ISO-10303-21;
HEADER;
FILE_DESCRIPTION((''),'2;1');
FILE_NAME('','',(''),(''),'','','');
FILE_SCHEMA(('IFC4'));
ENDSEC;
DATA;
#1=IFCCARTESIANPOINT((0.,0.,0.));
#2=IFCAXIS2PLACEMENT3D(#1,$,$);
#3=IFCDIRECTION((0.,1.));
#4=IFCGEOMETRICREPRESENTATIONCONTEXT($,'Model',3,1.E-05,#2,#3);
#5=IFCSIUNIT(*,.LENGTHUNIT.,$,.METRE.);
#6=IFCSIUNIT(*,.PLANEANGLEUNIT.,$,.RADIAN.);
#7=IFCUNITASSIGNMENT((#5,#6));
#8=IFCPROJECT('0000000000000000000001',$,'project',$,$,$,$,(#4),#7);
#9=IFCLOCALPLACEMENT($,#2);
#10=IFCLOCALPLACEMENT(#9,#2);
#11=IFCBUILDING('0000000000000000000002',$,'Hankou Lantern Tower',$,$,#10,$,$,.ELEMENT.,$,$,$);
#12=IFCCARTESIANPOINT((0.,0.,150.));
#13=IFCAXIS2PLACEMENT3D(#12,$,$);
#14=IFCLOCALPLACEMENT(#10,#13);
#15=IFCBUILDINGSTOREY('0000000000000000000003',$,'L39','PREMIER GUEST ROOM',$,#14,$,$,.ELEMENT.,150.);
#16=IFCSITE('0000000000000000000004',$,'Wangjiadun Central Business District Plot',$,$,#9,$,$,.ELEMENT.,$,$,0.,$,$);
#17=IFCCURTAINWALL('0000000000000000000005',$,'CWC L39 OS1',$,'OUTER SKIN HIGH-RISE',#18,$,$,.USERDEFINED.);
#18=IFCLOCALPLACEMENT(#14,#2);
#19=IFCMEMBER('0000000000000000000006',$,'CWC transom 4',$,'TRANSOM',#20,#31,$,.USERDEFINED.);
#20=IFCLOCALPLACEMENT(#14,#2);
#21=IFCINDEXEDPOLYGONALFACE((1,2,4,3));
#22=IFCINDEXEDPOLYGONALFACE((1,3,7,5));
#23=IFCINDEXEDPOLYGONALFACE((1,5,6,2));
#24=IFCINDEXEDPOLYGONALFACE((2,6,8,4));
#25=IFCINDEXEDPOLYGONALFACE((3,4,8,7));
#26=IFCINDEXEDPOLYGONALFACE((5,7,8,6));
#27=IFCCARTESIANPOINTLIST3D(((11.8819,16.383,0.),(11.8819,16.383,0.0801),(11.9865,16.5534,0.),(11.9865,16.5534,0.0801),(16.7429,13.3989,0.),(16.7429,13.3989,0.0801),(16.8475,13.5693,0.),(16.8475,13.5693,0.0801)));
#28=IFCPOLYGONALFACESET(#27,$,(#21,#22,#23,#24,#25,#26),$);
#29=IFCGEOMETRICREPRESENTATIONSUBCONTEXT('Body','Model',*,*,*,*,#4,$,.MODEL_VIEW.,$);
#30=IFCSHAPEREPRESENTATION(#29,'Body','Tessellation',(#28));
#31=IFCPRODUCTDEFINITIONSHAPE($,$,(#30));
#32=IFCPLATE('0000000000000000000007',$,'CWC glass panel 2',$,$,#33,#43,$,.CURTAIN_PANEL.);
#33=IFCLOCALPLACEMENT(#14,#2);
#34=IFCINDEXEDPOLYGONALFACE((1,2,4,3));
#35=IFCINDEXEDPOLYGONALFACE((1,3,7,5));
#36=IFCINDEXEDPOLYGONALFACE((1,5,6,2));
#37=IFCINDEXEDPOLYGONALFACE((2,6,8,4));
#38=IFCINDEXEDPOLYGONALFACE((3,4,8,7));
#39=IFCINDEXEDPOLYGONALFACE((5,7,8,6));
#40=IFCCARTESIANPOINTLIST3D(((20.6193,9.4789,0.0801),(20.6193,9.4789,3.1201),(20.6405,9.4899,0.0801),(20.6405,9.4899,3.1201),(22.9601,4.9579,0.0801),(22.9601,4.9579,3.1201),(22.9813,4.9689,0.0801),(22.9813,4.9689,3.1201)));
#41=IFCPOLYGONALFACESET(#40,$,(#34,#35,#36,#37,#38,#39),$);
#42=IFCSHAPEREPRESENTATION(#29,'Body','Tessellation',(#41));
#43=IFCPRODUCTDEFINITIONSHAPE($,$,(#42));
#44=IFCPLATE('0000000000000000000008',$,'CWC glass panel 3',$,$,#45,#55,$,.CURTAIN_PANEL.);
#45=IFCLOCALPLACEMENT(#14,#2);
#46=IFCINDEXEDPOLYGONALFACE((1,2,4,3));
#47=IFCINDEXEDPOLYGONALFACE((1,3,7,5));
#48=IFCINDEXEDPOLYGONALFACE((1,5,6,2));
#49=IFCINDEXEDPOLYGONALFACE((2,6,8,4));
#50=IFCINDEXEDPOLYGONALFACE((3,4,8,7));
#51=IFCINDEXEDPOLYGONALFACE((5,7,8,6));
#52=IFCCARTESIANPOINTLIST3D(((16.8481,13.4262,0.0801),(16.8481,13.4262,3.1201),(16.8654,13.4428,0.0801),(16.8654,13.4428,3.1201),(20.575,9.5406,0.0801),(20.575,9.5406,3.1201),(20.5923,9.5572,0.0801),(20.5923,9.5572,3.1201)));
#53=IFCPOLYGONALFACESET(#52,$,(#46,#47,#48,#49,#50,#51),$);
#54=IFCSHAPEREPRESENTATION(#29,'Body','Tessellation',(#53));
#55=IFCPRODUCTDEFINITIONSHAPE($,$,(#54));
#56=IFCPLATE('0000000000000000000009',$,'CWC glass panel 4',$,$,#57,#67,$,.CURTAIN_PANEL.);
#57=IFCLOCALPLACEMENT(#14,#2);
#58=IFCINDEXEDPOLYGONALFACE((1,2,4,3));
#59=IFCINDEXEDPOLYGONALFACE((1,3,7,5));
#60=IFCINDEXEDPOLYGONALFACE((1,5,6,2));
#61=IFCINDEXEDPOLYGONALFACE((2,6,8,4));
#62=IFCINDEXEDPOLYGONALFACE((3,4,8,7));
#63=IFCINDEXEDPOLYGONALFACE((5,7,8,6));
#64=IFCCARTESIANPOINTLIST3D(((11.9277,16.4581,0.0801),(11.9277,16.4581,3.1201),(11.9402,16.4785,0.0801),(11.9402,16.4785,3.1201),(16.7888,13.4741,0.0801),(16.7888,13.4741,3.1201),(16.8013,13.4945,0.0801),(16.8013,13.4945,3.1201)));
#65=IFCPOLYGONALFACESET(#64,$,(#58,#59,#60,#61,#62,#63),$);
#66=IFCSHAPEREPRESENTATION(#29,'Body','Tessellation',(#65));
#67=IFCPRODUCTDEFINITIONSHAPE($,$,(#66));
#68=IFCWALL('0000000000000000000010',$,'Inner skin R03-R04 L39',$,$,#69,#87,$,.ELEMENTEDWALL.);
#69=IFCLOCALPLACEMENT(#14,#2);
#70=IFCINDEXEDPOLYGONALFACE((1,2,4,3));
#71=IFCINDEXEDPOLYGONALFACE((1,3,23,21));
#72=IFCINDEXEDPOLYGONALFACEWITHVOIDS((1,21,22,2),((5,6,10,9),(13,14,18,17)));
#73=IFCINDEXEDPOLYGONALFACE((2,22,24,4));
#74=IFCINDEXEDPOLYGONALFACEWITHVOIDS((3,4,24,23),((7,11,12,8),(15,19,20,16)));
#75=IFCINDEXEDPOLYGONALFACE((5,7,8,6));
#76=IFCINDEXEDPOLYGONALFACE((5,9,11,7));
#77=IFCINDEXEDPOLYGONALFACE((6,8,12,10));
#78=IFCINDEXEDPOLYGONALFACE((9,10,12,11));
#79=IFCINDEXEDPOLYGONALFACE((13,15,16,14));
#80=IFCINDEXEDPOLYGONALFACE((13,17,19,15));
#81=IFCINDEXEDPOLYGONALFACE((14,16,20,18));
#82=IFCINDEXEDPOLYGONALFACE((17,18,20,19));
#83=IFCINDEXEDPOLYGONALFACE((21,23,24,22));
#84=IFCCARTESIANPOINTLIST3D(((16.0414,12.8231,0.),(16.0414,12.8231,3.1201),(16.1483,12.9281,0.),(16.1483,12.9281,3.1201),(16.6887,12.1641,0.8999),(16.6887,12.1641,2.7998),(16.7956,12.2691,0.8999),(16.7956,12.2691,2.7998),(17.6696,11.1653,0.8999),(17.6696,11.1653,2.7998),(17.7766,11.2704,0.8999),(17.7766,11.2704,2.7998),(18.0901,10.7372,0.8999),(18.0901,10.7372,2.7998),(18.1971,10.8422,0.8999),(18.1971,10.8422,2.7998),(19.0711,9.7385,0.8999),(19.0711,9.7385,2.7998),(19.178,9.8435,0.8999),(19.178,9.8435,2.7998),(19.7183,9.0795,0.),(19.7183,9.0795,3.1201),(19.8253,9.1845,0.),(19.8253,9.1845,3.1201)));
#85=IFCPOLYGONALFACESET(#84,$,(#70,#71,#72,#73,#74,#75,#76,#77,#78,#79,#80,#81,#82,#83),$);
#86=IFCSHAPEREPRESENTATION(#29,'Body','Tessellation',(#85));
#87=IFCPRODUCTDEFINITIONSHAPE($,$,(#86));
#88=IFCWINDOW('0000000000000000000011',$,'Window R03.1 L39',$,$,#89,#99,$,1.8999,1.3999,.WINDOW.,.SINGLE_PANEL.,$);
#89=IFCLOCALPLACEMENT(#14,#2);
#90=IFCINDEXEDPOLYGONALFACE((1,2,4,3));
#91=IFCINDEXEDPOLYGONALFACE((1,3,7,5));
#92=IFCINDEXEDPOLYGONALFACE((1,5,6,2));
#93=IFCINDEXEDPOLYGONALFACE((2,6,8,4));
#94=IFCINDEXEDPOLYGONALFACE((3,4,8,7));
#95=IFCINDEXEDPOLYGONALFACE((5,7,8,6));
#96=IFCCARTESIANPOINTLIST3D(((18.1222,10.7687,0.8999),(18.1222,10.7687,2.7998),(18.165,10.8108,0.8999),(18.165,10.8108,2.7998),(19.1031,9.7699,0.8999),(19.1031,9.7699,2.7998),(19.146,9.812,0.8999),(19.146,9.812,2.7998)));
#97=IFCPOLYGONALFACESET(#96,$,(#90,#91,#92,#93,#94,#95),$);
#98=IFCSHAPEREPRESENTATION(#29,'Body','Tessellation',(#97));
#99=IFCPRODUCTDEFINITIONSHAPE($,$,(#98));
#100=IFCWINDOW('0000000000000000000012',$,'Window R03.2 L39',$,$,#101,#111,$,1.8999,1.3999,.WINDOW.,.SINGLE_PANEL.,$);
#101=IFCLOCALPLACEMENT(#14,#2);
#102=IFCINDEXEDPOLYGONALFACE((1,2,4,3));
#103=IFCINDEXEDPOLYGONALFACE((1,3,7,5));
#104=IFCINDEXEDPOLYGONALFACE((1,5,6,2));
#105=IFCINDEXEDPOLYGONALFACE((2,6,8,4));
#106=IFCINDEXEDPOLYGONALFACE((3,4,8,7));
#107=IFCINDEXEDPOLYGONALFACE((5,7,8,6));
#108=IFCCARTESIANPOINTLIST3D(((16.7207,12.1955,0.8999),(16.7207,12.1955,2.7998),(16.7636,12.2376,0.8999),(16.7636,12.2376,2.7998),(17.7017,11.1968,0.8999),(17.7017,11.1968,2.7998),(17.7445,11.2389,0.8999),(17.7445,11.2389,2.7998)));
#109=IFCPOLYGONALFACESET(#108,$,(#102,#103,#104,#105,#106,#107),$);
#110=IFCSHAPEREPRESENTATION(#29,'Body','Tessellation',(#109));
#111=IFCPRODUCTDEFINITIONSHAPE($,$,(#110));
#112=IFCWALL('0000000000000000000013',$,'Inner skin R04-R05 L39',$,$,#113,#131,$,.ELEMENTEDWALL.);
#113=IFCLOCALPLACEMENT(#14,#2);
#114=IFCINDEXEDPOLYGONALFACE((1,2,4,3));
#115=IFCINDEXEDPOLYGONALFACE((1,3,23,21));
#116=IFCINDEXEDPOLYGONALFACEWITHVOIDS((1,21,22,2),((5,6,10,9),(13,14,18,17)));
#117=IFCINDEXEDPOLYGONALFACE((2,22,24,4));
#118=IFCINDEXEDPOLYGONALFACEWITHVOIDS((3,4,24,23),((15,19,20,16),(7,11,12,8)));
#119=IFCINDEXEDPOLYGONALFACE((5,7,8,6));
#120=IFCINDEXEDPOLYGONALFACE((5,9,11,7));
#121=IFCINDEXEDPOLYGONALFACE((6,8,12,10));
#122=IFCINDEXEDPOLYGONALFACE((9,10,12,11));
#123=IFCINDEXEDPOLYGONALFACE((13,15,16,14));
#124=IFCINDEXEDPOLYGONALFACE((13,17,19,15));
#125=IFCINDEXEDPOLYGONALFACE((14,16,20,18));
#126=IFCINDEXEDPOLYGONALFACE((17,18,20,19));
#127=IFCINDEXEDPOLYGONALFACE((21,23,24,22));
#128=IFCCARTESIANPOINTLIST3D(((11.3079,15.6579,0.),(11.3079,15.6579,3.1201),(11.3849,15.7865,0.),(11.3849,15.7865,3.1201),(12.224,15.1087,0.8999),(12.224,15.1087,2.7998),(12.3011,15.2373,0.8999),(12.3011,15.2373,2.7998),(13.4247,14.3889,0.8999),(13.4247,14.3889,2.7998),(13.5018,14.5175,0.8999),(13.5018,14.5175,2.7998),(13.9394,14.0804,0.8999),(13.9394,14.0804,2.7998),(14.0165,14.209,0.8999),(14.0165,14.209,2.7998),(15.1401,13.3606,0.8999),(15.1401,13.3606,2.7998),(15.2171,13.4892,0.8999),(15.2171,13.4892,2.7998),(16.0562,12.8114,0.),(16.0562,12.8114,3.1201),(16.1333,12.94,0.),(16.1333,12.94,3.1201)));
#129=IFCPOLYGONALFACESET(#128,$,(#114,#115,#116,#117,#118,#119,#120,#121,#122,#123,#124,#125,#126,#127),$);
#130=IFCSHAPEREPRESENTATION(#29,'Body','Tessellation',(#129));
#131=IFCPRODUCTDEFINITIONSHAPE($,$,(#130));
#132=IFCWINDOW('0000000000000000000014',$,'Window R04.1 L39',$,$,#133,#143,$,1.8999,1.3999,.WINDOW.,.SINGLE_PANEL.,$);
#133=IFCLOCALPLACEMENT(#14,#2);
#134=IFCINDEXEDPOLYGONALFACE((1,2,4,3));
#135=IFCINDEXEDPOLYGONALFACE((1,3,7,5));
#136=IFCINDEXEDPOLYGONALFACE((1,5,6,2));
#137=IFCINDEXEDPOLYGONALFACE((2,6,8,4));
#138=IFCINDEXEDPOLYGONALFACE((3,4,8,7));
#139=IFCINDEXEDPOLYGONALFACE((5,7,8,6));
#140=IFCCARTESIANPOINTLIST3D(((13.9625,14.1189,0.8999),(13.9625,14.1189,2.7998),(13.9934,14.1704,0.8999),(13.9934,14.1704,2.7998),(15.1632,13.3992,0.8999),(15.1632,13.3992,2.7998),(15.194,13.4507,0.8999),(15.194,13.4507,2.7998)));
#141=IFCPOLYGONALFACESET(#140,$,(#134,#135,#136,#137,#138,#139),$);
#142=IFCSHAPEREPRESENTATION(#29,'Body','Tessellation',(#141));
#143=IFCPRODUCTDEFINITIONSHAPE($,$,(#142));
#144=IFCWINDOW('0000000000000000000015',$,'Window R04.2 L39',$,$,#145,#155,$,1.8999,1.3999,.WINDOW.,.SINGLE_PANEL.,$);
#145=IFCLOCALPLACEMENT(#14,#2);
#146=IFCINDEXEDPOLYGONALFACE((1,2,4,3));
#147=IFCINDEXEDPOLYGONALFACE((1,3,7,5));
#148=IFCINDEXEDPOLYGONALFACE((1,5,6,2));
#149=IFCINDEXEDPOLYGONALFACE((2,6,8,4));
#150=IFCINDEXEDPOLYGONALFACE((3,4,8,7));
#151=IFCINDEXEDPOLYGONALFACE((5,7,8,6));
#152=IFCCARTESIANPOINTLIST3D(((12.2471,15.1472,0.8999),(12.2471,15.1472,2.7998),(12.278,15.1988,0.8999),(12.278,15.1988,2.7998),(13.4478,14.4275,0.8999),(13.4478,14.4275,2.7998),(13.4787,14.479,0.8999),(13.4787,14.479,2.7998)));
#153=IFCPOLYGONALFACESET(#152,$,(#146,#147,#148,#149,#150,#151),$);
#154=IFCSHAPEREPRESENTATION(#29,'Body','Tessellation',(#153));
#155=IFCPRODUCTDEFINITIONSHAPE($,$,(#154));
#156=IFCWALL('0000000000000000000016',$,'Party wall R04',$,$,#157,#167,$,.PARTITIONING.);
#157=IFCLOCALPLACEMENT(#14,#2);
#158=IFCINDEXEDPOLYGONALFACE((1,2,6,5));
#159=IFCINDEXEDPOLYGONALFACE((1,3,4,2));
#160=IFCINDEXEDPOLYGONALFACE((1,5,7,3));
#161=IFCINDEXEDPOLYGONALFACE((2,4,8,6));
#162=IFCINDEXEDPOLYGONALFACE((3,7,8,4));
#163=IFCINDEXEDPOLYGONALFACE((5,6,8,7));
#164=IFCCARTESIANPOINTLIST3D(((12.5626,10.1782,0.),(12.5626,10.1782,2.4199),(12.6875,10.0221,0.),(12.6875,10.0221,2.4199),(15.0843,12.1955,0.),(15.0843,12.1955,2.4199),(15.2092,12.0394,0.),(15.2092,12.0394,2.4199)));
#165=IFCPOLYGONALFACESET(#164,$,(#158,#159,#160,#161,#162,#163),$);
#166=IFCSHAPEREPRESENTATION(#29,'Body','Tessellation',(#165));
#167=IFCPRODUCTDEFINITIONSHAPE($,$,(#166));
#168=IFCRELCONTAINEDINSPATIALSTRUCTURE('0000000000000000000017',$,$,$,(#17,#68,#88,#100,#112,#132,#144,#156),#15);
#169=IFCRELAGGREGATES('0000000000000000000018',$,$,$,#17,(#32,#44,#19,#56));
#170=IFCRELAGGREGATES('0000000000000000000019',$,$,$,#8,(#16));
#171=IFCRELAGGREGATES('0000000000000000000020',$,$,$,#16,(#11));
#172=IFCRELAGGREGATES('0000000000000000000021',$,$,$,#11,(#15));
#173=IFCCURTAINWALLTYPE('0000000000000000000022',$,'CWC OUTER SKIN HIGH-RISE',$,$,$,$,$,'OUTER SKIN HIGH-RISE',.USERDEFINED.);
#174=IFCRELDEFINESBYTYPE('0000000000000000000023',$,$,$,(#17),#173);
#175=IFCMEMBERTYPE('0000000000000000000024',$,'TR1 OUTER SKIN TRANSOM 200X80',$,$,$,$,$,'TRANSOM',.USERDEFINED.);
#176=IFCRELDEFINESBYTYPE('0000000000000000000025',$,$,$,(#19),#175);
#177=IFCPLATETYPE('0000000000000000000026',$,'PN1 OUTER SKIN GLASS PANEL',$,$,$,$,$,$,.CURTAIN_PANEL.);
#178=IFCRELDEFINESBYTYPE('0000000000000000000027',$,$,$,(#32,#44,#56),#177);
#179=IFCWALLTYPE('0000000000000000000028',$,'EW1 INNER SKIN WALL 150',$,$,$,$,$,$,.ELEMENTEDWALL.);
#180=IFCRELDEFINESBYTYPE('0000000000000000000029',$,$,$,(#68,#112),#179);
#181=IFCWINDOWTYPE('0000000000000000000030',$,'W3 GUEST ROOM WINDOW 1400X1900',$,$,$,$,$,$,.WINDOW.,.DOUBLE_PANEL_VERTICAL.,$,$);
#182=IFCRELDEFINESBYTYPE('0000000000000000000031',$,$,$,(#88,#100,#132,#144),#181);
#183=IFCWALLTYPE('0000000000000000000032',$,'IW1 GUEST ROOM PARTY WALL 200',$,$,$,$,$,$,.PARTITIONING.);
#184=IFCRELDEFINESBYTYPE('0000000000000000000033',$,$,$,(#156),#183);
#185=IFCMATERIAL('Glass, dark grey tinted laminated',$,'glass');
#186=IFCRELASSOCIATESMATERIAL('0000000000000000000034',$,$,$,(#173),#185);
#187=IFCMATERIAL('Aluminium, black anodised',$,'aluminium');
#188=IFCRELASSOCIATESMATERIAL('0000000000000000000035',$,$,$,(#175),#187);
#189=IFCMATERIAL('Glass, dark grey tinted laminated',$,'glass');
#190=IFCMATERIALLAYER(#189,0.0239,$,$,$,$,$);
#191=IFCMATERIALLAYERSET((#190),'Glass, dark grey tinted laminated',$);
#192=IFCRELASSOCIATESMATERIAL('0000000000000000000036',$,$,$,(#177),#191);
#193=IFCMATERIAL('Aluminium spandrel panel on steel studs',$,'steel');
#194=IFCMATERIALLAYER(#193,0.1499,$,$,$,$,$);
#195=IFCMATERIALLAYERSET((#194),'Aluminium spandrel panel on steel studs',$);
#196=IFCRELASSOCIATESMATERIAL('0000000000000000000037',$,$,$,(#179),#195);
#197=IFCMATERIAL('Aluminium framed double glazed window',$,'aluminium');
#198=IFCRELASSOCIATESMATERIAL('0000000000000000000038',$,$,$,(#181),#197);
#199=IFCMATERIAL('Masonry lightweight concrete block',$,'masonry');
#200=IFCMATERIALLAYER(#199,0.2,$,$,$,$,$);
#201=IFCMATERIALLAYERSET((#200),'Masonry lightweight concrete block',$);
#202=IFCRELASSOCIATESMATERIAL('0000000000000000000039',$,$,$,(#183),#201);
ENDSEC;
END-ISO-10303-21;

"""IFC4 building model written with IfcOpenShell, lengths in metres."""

from ifc_helpers import new_model, si_unit, direction, frame, frame_2d, origin, origin_2d, place, context, subcontext, project, spatial, rectangle, extrude, material, layer, layer_set, material_profile, profile_set, type_object, element, fill, aggregate, save


model = new_model("IFC4")

# Units and contexts
model_context = context("Model", 3, precision=1e-05, world=origin(), true_north=direction((0.0, 1.0)))
body_context = subcontext(model_context, "Body", "Model", "MODEL_VIEW")
ifc_project = project(units=[si_unit("LENGTHUNIT", "METRE"), si_unit("PLANEANGLEUNIT", "RADIAN")], contexts=[model_context])

# Site, building, storey
site_placement = place(None, origin())
site = spatial("IfcSite", under=ifc_project, at=site_placement, Name="Wangjiadun Central Business District Plot", CompositionType="ELEMENT", RefElevation=0.0)
building_placement = place(site_placement, origin())
building = spatial("IfcBuilding", under=site, at=building_placement, Name="Hankou Lantern Tower", CompositionType="ELEMENT")
storey_placement = place(building_placement, frame((0.0, 0.0, 150.0)))
storey = spatial("IfcBuildingStorey", under=building, at=storey_placement, Name="L39", Description="PREMIER GUEST ROOM", CompositionType="ELEMENT", Elevation=150.0)

# Curtain wall
ifc_material_1 = material(Name="Glass, dark grey tinted laminated", Category="glass")
curtain_wall_type = type_object("IfcCurtainWallType", Name="CWC OUTER SKIN HIGH-RISE", ElementType="OUTER SKIN HIGH-RISE", PredefinedType="USERDEFINED", material=ifc_material_1)
curtain_wall_placement = place(storey_placement, origin())
curtain_wall = element("IfcCurtainWall", 1, at=curtain_wall_placement, inside=storey, type_object=curtain_wall_type, Name="CWC L39 OS1", ObjectType="OUTER SKIN HIGH-RISE", PredefinedType="USERDEFINED")

# Member
ifc_material_2 = material(Name="Aluminium, black anodised", Category="aluminium")
ifc_material_profile_1 = material_profile(ifc_material_2, rectangle(XDim=0.2, YDim=0.0801, at=origin_2d()), Name="TR1 200X80")
ifc_profile_set_1 = profile_set([ifc_material_profile_1], Name="Aluminium, black anodised")
member_type_1 = type_object("IfcMemberType", Name="TR1 OUTER SKIN TRANSOM 200X80", ElementType="TRANSOM", PredefinedType="USERDEFINED", material=ifc_profile_set_1)
member_1_placement = place(storey_placement, frame((16.7952, 13.4841, 0.04), z_axis=(-0.852229, 0.523168, 0.0), x_axis=(-0.523168, -0.852229, 0.0)))
member_1 = element("IfcMember", 2, at=member_1_placement, type_object=member_type_1, Name="CWC transom 4", ObjectType="TRANSOM", PredefinedType="USERDEFINED", context=body_context, shape_type="SweptSolid", body=[
    extrude(rectangle(XDim=0.2, YDim=0.0801, at=origin_2d()), origin(), (0.0, 0.0, 1.0), 5.7039),
])

# Plates
ifc_material_3 = material(Name="Glass, dark grey tinted laminated", Category="glass")
ifc_layer_1 = layer(ifc_material_3, 0.0239)
ifc_layer_set_1 = layer_set([ifc_layer_1], Name="Glass, dark grey tinted laminated")
plate_type = type_object("IfcPlateType", Name="PN1 OUTER SKIN GLASS PANEL", PredefinedType="CURTAIN_PANEL", material=ifc_layer_set_1)
plate_1_placement = place(storey_placement, frame((21.8003, 7.2239, 0.0801), z_axis=(0.0, 0.0, 1.0), x_axis=(-0.459791, 0.888027, 0.0)))
plate_1 = element("IfcPlate", 3, at=plate_1_placement, type_object=plate_type, Name="CWC glass panel 2", PredefinedType="CURTAIN_PANEL", context=body_context, shape_type="SweptSolid", body=[
    extrude(rectangle(XDim=5.0911, YDim=0.0239, at=origin_2d()), origin(), (0.0, 0.0, 1.0), 3.04),
])
plate_2_placement = place(storey_placement, frame((18.7202, 11.4917, 0.0801), z_axis=(0.0, 0.0, 1.0), x_axis=(-0.692216, 0.721691, 0.0)))
plate_2 = element("IfcPlate", 4, at=plate_2_placement, type_object=plate_type, Name="CWC glass panel 3", PredefinedType="CURTAIN_PANEL", context=body_context, shape_type="SweptSolid", body=[
    extrude(rectangle(XDim=5.384, YDim=0.0239, at=origin_2d()), origin(), (0.0, 0.0, 1.0), 3.04),
])
plate_3_placement = place(storey_placement, frame((14.3645, 14.9763, 0.0801), z_axis=(0.0, 0.0, 1.0), x_axis=(-0.852237, 0.523156, 0.0)))
plate_3 = element("IfcPlate", 5, at=plate_3_placement, type_object=plate_type, Name="CWC glass panel 4", PredefinedType="CURTAIN_PANEL", context=body_context, shape_type="SweptSolid", body=[
    extrude(rectangle(XDim=5.7039, YDim=0.0239, at=origin_2d()), origin(), (0.0, 0.0, 1.0), 3.04),
])
aggregate(curtain_wall, [plate_1, plate_2, member_1, plate_3])

# Walls, openings, windows
ifc_material_4 = material(Name="Aluminium spandrel panel on steel studs", Category="steel")
ifc_layer_2 = layer(ifc_material_4, 0.1499)
ifc_layer_set_2 = layer_set([ifc_layer_2], Name="Aluminium spandrel panel on steel studs")
wall_type_1 = type_object("IfcWallType", Name="EW1 INNER SKIN WALL 150", PredefinedType="ELEMENTEDWALL", material=ifc_layer_set_2)
wall_1_placement = place(storey_placement, frame((19.7717, 9.1321, 0.0), z_axis=(0.0, 0.0, 1.0), x_axis=(-0.700727, 0.713429, 0.0)))
wall_1 = element("IfcWall", 6, at=wall_1_placement, inside=storey, type_object=wall_type_1, Name="Inner skin R03-R04 L39", PredefinedType="ELEMENTEDWALL", context=body_context, shape_type="SweptSolid", body=[
    extrude(rectangle(XDim=5.2473, YDim=0.1499, at=frame_2d((2.6235, 0.0))), origin(), (0.0, 0.0, 1.0), 3.1201),
])
opening_1_placement = place(wall_1_placement, frame((0.9236, 0.0, 0.8999)))
opening_1 = element("IfcOpeningElement", 7, at=opening_1_placement, cuts=wall_1, PredefinedType="OPENING", context=body_context, shape_type="SweptSolid", body=[
    extrude(rectangle(XDim=1.3999, YDim=1.8999, at=frame_2d((0.7, 0.95))), frame((0.0, 0.085, 0.0), z_axis=(0.0, -1.0, 0.0), x_axis=(1.0, 0.0, 0.0)), (0.0, 0.0, 1.0), 0.1699),
])
opening_2_placement = place(wall_1_placement, frame((2.9236, 0.0, 0.8999)))
opening_2 = element("IfcOpeningElement", 8, at=opening_2_placement, cuts=wall_1, PredefinedType="OPENING", context=body_context, shape_type="SweptSolid", body=[
    extrude(rectangle(XDim=1.3999, YDim=1.8999, at=frame_2d((0.7, 0.95))), frame((0.0, 0.085, 0.0), z_axis=(0.0, -1.0, 0.0), x_axis=(1.0, 0.0, 0.0)), (0.0, 0.0, 1.0), 0.1699),
])
ifc_material_5 = material(Name="Aluminium framed double glazed window", Category="aluminium")
window_type = type_object("IfcWindowType", Name="W3 GUEST ROOM WINDOW 1400X1900", PartitioningType="DOUBLE_PANEL_VERTICAL", PredefinedType="WINDOW", material=ifc_material_5)
window_1_placement = place(opening_1_placement, origin())
window_1 = element("IfcWindow", 9, at=window_1_placement, inside=storey, type_object=window_type, Name="Window R03.1 L39", OverallHeight=1.8999, OverallWidth=1.3999, PartitioningType="SINGLE_PANEL", PredefinedType="WINDOW", context=body_context, shape_type="SweptSolid", body=[
    extrude(rectangle(XDim=1.3999, YDim=1.8999, at=frame_2d((0.7, 0.95))), frame((0.0, 0.03, 0.0), z_axis=(0.0, -1.0, 0.0), x_axis=(1.0, 0.0, 0.0)), (0.0, 0.0, 1.0), 0.0601),
])
fill(opening_1, window_1)
window_2_placement = place(opening_2_placement, origin())
window_2 = element("IfcWindow", 10, at=window_2_placement, inside=storey, type_object=window_type, Name="Window R03.2 L39", OverallHeight=1.8999, OverallWidth=1.3999, PartitioningType="SINGLE_PANEL", PredefinedType="WINDOW", context=body_context, shape_type="SweptSolid", body=[
    extrude(rectangle(XDim=1.3999, YDim=1.8999, at=frame_2d((0.7, 0.95))), frame((0.0, 0.03, 0.0), z_axis=(0.0, -1.0, 0.0), x_axis=(1.0, 0.0, 0.0)), (0.0, 0.0, 1.0), 0.0601),
])
fill(opening_2, window_2)
wall_2_placement = place(storey_placement, frame((16.0947, 12.8757, 0.0), z_axis=(0.0, 0.0, 1.0), x_axis=(-0.857695, 0.514158, 0.0)))
wall_2 = element("IfcWall", 11, at=wall_2_placement, inside=storey, type_object=wall_type_1, Name="Inner skin R04-R05 L39", PredefinedType="ELEMENTEDWALL", context=body_context, shape_type="SweptSolid", body=[
    extrude(rectangle(XDim=5.5361, YDim=0.1499, at=frame_2d((2.7681, 0.0))), origin(), (0.0, 0.0, 1.0), 3.1201),
])
opening_3_placement = place(wall_2_placement, frame((1.0681, 0.0, 0.8999)))
opening_3 = element("IfcOpeningElement", 12, at=opening_3_placement, cuts=wall_2, PredefinedType="OPENING", context=body_context, shape_type="SweptSolid", body=[
    extrude(rectangle(XDim=1.3999, YDim=1.8999, at=frame_2d((0.7, 0.95))), frame((0.0, 0.085, 0.0), z_axis=(0.0, -1.0, 0.0), x_axis=(1.0, 0.0, 0.0)), (0.0, 0.0, 1.0), 0.1699),
])
opening_4_placement = place(wall_2_placement, frame((3.0681, 0.0, 0.8999)))
opening_4 = element("IfcOpeningElement", 13, at=opening_4_placement, cuts=wall_2, PredefinedType="OPENING", context=body_context, shape_type="SweptSolid", body=[
    extrude(rectangle(XDim=1.3999, YDim=1.8999, at=frame_2d((0.7, 0.95))), frame((0.0, 0.085, 0.0), z_axis=(0.0, -1.0, 0.0), x_axis=(1.0, 0.0, 0.0)), (0.0, 0.0, 1.0), 0.1699),
])
window_3_placement = place(opening_3_placement, origin())
window_3 = element("IfcWindow", 14, at=window_3_placement, inside=storey, type_object=window_type, Name="Window R04.1 L39", OverallHeight=1.8999, OverallWidth=1.3999, PartitioningType="SINGLE_PANEL", PredefinedType="WINDOW", context=body_context, shape_type="SweptSolid", body=[
    extrude(rectangle(XDim=1.3999, YDim=1.8999, at=frame_2d((0.7, 0.95))), frame((0.0, 0.03, 0.0), z_axis=(0.0, -1.0, 0.0), x_axis=(1.0, 0.0, 0.0)), (0.0, 0.0, 1.0), 0.0601),
])
fill(opening_3, window_3)
window_4_placement = place(opening_4_placement, origin())
window_4 = element("IfcWindow", 15, at=window_4_placement, inside=storey, type_object=window_type, Name="Window R04.2 L39", OverallHeight=1.8999, OverallWidth=1.3999, PartitioningType="SINGLE_PANEL", PredefinedType="WINDOW", context=body_context, shape_type="SweptSolid", body=[
    extrude(rectangle(XDim=1.3999, YDim=1.8999, at=frame_2d((0.7, 0.95))), frame((0.0, 0.03, 0.0), z_axis=(0.0, -1.0, 0.0), x_axis=(1.0, 0.0, 0.0)), (0.0, 0.0, 1.0), 0.0601),
])
fill(opening_4, window_4)

# Wall
ifc_material_6 = material(Name="Masonry lightweight concrete block", Category="masonry")
ifc_layer_3 = layer(ifc_material_6, 0.2)
ifc_layer_set_3 = layer_set([ifc_layer_3], Name="Masonry lightweight concrete block")
wall_type_2 = type_object("IfcWallType", Name="IW1 GUEST ROOM PARTY WALL 200", PredefinedType="PARTITIONING", material=ifc_layer_set_3)
wall_3_placement = place(storey_placement, frame((12.625, 10.1001, 0.0), z_axis=(0.0, 0.0, 1.0), x_axis=(0.780876, 0.624686, 0.0)))
element("IfcWall", 16, at=wall_3_placement, inside=storey, type_object=wall_type_2, Name="Party wall R04", PredefinedType="PARTITIONING", context=body_context, shape_type="SweptSolid", body=[
    extrude(rectangle(XDim=3.2292, YDim=0.2, at=frame_2d((1.6147, 0.0))), origin(), (0.0, 0.0, 1.0), 2.4199),
])

save(model, "model.ifc")
